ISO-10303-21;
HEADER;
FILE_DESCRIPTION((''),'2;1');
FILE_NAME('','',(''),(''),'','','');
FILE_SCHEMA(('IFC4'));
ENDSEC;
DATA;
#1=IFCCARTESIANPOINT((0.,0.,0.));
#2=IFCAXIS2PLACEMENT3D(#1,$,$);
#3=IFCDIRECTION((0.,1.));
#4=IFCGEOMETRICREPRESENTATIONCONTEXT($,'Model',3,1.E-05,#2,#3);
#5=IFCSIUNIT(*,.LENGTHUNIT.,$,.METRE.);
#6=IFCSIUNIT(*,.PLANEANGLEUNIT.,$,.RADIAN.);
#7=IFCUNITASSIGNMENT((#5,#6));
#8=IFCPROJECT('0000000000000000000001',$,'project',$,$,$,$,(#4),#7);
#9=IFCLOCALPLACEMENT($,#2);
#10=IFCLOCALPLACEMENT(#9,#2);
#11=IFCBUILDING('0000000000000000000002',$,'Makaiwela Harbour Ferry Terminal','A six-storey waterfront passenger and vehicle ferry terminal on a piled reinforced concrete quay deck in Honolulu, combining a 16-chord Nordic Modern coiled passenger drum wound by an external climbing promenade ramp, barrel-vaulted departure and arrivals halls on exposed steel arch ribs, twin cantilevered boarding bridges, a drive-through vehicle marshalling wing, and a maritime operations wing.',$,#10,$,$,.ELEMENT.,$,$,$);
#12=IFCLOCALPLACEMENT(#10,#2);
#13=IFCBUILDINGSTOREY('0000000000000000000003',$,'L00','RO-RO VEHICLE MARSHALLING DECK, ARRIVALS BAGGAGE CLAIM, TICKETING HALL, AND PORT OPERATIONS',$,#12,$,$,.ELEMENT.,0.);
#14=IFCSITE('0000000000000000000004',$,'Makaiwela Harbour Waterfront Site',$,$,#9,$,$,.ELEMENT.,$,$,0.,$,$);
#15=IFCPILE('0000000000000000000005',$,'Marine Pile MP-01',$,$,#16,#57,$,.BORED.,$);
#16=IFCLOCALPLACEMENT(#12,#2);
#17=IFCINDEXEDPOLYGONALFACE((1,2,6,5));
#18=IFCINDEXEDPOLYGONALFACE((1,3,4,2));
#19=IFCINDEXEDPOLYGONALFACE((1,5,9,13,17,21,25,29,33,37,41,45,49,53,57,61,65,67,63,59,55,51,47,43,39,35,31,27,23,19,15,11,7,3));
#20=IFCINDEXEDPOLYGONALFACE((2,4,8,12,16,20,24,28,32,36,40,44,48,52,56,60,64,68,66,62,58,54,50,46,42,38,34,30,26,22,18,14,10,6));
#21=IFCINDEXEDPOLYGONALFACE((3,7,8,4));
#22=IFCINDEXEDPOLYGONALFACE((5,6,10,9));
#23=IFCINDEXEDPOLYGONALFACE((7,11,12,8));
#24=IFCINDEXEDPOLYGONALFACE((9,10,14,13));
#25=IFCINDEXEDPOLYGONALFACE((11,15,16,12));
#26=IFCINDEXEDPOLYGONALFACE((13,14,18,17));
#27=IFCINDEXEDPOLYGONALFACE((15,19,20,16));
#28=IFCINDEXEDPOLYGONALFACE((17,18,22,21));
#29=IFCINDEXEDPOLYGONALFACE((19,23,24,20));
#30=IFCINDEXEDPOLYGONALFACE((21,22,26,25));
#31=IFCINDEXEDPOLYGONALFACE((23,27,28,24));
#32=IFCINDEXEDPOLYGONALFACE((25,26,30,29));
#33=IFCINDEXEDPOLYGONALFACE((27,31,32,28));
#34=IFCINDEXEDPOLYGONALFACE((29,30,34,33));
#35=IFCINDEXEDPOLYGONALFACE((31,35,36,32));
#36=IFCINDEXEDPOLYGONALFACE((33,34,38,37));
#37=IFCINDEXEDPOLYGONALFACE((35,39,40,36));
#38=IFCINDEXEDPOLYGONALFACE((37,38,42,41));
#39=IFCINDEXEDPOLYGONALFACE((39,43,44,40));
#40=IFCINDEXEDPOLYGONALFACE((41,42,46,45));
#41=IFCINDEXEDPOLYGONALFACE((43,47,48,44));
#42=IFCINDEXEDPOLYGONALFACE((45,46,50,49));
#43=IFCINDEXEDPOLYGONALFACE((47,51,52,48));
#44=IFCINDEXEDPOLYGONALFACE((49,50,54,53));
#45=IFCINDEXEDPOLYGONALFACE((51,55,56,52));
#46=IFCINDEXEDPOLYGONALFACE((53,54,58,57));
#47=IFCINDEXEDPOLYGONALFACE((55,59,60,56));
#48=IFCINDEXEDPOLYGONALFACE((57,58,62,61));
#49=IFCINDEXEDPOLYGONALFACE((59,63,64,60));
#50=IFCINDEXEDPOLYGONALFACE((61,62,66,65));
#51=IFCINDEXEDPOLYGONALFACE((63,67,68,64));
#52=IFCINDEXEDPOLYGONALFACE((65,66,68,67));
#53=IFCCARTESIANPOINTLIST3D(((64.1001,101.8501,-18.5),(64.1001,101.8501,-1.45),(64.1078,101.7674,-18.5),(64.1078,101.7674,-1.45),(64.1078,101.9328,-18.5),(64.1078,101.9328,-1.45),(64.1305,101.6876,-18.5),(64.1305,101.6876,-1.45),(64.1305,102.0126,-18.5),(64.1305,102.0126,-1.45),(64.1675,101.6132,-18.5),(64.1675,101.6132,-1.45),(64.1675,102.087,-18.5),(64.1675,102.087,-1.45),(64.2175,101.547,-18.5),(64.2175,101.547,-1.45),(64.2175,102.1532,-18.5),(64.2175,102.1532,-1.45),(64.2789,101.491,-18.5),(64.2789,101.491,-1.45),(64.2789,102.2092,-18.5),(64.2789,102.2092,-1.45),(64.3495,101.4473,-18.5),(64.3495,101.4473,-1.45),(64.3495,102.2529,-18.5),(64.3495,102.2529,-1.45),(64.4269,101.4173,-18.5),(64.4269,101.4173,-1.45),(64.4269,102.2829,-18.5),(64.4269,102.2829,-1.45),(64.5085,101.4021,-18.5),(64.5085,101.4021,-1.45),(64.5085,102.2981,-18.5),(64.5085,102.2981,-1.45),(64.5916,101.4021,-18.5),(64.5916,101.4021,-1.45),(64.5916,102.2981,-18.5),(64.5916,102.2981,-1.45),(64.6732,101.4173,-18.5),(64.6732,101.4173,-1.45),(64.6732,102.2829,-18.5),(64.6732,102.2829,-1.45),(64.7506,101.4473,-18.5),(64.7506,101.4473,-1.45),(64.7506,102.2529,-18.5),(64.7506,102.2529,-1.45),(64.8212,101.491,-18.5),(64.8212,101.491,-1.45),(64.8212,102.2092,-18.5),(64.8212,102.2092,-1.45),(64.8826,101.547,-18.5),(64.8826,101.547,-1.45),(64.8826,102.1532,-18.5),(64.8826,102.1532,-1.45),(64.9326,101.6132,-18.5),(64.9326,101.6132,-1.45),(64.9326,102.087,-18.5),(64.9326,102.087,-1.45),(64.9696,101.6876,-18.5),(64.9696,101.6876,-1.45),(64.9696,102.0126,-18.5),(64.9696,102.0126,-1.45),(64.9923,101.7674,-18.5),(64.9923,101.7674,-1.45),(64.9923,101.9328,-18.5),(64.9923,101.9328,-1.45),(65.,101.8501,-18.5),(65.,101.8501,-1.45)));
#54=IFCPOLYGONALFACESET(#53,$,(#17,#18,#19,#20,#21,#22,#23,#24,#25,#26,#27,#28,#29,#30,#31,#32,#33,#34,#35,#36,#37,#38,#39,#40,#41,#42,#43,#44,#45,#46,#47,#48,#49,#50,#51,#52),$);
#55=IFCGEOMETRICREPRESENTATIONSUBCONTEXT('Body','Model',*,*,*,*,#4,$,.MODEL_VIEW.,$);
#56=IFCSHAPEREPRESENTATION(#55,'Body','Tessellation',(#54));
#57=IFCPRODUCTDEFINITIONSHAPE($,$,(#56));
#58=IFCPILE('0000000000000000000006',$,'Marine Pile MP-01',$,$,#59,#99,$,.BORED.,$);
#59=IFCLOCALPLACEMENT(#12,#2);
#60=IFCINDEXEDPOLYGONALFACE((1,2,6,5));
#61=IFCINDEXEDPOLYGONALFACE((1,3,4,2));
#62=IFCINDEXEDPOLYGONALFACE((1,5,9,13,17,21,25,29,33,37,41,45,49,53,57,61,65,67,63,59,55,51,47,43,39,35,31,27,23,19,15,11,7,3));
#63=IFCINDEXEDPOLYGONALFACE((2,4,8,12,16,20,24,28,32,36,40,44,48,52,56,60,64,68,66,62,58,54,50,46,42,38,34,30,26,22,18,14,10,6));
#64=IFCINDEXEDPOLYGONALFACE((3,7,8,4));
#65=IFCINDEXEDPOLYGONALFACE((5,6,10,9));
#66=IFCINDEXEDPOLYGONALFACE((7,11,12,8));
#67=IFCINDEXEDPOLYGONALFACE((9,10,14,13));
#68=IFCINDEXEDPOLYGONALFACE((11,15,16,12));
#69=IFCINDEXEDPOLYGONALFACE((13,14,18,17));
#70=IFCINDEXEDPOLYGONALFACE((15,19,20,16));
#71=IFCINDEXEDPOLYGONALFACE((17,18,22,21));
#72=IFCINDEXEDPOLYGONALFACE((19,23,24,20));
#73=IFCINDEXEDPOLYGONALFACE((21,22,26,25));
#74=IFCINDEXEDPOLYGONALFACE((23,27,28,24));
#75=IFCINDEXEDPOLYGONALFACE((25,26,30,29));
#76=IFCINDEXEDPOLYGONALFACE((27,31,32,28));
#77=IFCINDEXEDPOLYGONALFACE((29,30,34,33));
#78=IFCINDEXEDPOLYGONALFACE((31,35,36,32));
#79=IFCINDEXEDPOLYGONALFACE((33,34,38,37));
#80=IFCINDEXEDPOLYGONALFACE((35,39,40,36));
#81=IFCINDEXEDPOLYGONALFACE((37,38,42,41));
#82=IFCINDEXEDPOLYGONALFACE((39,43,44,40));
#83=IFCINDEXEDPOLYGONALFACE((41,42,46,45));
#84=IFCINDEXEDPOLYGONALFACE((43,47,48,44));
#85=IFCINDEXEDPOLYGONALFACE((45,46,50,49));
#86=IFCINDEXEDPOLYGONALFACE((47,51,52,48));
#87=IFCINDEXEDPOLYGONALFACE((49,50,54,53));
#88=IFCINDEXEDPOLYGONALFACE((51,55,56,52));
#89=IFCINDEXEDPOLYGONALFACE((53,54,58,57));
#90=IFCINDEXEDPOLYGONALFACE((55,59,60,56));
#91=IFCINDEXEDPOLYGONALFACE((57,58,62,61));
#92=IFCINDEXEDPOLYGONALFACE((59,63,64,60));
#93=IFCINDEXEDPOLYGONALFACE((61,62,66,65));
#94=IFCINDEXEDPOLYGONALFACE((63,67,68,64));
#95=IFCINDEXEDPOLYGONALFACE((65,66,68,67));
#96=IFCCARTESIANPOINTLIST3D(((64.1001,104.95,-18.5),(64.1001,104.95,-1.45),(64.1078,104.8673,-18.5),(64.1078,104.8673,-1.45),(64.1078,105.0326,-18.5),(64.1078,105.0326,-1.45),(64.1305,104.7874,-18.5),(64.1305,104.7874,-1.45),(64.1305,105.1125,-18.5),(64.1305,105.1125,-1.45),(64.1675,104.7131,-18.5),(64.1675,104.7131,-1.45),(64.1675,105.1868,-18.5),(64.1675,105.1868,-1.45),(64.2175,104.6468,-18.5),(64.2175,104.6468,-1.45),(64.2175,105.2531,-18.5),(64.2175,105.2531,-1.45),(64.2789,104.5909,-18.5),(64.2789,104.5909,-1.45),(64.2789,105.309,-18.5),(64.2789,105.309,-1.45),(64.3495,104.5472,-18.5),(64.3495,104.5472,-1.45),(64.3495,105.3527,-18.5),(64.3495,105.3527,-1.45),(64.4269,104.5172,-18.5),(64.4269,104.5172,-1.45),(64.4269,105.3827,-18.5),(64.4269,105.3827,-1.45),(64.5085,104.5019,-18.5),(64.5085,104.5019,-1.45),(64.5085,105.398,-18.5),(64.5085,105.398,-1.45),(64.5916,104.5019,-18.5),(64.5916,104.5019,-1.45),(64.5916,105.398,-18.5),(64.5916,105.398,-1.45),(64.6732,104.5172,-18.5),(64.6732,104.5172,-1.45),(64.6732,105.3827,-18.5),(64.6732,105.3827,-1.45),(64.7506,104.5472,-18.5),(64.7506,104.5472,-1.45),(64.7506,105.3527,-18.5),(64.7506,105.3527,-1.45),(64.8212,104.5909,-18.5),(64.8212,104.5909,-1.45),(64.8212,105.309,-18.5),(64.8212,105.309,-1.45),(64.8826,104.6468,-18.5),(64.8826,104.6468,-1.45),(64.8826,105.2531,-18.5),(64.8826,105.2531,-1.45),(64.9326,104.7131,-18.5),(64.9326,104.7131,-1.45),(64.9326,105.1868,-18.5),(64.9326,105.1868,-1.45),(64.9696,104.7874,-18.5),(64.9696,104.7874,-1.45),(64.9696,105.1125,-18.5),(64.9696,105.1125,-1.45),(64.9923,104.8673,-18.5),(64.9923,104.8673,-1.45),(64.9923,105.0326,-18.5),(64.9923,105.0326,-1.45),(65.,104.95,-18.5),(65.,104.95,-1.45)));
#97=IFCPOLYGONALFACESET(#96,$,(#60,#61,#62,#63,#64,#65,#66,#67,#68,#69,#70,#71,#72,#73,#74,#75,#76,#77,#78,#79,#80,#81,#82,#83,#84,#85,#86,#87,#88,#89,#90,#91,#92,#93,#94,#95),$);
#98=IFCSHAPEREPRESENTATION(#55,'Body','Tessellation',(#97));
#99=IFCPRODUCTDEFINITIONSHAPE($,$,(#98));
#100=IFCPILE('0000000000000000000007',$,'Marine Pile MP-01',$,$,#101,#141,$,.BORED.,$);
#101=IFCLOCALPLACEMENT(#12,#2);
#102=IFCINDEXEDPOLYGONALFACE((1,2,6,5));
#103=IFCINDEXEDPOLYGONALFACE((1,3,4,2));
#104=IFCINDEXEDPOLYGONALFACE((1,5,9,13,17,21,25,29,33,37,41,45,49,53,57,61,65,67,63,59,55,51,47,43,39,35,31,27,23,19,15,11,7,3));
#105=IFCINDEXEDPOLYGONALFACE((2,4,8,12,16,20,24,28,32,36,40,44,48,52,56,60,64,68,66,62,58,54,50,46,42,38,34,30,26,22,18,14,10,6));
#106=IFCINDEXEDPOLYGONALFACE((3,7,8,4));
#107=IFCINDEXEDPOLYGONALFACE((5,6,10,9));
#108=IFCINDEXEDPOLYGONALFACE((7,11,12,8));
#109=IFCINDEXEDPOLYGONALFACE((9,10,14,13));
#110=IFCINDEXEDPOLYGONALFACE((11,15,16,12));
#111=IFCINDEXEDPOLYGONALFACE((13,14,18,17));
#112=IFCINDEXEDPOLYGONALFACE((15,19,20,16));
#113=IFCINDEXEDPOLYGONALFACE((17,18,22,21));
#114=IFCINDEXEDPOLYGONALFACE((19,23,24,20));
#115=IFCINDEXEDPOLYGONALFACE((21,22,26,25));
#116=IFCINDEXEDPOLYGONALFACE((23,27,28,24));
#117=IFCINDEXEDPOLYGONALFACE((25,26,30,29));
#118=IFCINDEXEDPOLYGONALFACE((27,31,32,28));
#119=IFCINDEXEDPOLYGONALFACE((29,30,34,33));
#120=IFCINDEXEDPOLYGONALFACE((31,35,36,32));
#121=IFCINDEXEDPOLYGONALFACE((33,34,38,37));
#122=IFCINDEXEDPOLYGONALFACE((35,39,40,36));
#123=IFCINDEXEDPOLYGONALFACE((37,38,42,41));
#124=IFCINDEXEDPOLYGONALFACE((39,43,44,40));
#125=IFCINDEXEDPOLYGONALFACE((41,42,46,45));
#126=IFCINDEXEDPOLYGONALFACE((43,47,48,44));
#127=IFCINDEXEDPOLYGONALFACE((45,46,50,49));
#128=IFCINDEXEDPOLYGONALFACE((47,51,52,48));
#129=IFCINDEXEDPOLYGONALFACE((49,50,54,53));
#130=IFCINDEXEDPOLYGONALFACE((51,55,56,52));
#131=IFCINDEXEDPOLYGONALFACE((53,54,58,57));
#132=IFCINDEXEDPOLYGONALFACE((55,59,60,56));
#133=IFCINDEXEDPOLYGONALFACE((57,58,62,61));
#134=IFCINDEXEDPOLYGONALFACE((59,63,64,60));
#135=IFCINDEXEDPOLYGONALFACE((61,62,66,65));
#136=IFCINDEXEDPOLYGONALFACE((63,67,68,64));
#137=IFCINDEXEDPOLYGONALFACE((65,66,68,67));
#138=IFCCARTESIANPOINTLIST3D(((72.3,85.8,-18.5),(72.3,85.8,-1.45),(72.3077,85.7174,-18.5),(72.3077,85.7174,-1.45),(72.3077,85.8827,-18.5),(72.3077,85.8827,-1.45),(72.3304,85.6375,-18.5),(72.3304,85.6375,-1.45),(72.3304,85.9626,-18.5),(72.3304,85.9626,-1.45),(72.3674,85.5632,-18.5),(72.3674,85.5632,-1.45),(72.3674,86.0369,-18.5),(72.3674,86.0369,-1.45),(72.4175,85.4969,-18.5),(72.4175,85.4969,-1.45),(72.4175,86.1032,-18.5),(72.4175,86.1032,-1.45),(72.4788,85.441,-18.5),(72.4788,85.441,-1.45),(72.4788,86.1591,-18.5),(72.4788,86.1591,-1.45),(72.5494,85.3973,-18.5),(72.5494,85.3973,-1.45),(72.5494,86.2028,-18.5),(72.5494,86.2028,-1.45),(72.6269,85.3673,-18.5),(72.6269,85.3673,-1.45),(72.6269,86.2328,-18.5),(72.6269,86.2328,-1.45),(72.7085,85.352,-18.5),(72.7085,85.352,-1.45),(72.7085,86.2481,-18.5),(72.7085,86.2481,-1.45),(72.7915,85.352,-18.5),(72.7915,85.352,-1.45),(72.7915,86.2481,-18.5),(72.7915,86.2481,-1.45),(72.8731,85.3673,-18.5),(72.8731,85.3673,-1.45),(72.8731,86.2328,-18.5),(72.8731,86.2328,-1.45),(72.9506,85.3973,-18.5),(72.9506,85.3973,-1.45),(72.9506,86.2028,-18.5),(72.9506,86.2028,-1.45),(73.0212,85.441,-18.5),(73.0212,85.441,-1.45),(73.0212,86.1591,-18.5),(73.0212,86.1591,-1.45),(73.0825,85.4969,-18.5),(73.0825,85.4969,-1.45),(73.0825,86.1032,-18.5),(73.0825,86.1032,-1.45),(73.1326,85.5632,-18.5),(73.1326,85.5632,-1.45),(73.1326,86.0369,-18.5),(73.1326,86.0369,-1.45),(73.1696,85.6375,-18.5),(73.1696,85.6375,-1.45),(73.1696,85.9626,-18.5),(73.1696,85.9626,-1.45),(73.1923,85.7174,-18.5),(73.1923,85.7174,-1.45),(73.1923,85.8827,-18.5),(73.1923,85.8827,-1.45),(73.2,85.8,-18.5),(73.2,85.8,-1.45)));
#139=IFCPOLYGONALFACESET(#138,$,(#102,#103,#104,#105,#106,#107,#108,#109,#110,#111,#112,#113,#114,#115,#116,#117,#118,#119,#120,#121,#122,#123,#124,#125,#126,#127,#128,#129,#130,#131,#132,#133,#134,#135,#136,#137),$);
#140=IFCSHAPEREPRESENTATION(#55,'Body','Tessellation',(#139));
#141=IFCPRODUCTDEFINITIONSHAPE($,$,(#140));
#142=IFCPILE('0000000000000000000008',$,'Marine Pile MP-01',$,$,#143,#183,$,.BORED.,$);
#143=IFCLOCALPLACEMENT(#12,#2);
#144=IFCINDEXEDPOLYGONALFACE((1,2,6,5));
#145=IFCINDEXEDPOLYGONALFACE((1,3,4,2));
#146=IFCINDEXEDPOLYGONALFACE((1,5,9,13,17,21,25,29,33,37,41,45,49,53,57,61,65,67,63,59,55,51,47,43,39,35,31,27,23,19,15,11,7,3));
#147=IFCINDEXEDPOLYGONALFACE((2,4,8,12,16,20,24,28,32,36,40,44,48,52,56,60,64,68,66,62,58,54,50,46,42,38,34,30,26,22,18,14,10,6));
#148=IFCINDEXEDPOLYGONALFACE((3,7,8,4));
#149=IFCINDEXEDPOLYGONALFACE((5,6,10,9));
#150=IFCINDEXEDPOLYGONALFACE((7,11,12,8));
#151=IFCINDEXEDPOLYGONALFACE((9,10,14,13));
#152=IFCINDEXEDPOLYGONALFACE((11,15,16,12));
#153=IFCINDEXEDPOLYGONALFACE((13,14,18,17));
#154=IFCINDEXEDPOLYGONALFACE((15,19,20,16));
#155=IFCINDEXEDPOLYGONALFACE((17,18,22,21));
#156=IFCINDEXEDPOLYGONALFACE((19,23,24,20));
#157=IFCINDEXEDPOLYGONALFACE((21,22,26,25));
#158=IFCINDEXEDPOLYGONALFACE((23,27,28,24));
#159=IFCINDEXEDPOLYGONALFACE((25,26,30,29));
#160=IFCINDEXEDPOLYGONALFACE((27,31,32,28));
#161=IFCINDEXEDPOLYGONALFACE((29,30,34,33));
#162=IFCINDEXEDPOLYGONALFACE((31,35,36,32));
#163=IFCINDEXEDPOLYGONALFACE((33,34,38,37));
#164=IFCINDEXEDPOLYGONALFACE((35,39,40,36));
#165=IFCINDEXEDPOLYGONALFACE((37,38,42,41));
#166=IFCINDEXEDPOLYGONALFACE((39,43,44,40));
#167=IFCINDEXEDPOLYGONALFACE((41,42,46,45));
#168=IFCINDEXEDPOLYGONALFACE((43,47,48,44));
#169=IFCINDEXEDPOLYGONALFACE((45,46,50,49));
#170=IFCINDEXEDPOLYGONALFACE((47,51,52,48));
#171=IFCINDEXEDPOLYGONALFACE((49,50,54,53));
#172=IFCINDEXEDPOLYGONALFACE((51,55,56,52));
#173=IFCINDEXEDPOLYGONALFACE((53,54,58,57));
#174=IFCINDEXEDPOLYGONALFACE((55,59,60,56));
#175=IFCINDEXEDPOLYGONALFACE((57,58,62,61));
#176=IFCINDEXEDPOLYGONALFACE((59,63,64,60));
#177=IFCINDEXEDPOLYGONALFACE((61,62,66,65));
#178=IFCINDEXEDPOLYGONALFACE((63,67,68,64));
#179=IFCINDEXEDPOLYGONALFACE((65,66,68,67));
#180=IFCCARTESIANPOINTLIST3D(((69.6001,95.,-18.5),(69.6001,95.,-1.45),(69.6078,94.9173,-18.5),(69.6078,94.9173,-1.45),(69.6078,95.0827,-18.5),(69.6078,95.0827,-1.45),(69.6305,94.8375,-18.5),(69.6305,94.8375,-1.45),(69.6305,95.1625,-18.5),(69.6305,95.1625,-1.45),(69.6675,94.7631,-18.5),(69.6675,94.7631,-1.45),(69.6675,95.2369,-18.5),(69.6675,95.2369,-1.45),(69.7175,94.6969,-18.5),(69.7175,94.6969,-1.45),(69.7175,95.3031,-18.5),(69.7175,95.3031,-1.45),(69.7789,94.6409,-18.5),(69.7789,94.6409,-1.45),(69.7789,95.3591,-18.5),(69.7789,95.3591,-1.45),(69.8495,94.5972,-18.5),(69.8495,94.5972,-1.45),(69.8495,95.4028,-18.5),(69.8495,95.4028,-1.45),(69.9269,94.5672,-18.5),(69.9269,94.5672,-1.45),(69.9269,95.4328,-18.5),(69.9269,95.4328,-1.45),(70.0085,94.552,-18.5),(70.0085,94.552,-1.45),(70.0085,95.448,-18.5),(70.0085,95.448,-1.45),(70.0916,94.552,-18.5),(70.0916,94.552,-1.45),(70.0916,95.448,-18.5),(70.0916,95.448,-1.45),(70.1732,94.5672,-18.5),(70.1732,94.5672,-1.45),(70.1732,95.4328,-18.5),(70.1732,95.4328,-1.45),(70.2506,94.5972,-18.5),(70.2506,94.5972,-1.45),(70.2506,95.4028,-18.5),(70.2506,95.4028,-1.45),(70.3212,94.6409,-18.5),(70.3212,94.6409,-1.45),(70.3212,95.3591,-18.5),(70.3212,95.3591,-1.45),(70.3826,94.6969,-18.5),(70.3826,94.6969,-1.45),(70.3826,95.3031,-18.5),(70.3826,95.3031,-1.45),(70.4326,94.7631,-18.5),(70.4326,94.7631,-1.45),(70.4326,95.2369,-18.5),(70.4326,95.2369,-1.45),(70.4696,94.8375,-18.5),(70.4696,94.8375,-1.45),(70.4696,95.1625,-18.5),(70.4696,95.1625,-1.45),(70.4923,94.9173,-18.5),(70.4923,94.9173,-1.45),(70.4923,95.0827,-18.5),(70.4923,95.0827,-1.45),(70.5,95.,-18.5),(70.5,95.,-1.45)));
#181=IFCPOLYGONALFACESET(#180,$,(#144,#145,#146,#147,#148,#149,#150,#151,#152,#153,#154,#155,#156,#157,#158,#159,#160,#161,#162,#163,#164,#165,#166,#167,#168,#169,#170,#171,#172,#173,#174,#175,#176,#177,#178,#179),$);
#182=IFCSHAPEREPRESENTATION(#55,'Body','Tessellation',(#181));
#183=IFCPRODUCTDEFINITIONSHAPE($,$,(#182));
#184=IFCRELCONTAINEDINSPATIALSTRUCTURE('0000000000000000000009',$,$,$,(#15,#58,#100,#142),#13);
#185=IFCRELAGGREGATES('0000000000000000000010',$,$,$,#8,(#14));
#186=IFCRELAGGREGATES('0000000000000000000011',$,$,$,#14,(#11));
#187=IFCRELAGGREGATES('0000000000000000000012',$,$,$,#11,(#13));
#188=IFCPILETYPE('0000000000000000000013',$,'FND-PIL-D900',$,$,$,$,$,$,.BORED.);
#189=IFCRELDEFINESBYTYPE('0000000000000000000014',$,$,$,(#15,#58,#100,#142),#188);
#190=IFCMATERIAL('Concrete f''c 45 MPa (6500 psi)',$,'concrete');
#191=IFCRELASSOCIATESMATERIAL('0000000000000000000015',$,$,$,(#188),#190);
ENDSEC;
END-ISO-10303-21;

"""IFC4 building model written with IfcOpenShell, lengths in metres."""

from ifc_helpers import new_model, si_unit, direction, frame, origin, origin_2d, place, context, subcontext, project, spatial, circle, extrude, material, material_profile, profile_set, type_object, element, save


model = new_model("IFC4")

# Units and contexts
model_context = context("Model", 3, precision=1e-05, world=origin(), true_north=direction((0.0, 1.0)))
body_context = subcontext(model_context, "Body", "Model", "MODEL_VIEW")
ifc_project = project(units=[si_unit("LENGTHUNIT", "METRE"), si_unit("PLANEANGLEUNIT", "RADIAN")], contexts=[model_context])

# Site, building, storey
site_placement = place(None, origin())
site = spatial("IfcSite", under=ifc_project, at=site_placement, Name="Makaiwela Harbour Waterfront Site", CompositionType="ELEMENT", RefElevation=0.0)
building_placement = place(site_placement, origin())
building = spatial("IfcBuilding", under=site, at=building_placement, Name="Makaiwela Harbour Ferry Terminal", Description="A six-storey waterfront passenger and vehicle ferry terminal on a piled reinforced concrete quay deck in Honolulu, combining a 16-chord Nordic Modern coiled passenger drum wound by an external climbing promenade ramp, barrel-vaulted departure and arrivals halls on exposed steel arch ribs, twin cantilevered boarding bridges, a drive-through vehicle marshalling wing, and a maritime operations wing.", CompositionType="ELEMENT")
storey_placement = place(building_placement, origin())
storey = spatial("IfcBuildingStorey", under=building, at=storey_placement, Name="L00", Description="RO-RO VEHICLE MARSHALLING DECK, ARRIVALS BAGGAGE CLAIM, TICKETING HALL, AND PORT OPERATIONS", CompositionType="ELEMENT", Elevation=0.0)

# Shared definitions
ifc_material_1 = material(Name="Concrete f'c 45 MPa (6500 psi)", Category="concrete")

# Piles
ifc_material_profile_1 = material_profile(ifc_material_1, circle(Radius=0.45, at=origin_2d()), Name="PILE-D900")
ifc_profile_set_1 = profile_set([ifc_material_profile_1], Name="Concrete f'c 45 MPa (6500 psi)")
pile_type = type_object("IfcPileType", Name="FND-PIL-D900", PredefinedType="BORED", material=ifc_profile_set_1)
for number, where, z_axis, x_axis, name in (
    (1, (64.55, 101.8501, -1.45), (0.0, 0.0, -1.0), (1.0, 0.0, 0.0), "Marine Pile MP-01"),
    (2, (64.55, 104.95, -1.45), (0.0, 0.0, -1.0), (1.0, 0.0, 0.0), "Marine Pile MP-01"),
    (3, (72.75, 85.8, -1.45), (0.0, 0.0, -1.0), (1.0, 0.0, 0.0), "Marine Pile MP-01"),
    (4, (70.05, 95.0, -1.45), (0.0, 0.0, -1.0), (1.0, 0.0, 0.0), "Marine Pile MP-01"),
):
    element("IfcPile", number, at=place(storey_placement, frame(where, z_axis=z_axis, x_axis=x_axis)), inside=storey, type_object=pile_type, Name=name, PredefinedType="BORED", context=body_context, shape_type="SweptSolid", body=[
        extrude(circle(Radius=0.45, at=origin_2d()), origin(), (0.0, 0.0, 1.0), 17.05),
    ])

save(model, "model.ifc")
